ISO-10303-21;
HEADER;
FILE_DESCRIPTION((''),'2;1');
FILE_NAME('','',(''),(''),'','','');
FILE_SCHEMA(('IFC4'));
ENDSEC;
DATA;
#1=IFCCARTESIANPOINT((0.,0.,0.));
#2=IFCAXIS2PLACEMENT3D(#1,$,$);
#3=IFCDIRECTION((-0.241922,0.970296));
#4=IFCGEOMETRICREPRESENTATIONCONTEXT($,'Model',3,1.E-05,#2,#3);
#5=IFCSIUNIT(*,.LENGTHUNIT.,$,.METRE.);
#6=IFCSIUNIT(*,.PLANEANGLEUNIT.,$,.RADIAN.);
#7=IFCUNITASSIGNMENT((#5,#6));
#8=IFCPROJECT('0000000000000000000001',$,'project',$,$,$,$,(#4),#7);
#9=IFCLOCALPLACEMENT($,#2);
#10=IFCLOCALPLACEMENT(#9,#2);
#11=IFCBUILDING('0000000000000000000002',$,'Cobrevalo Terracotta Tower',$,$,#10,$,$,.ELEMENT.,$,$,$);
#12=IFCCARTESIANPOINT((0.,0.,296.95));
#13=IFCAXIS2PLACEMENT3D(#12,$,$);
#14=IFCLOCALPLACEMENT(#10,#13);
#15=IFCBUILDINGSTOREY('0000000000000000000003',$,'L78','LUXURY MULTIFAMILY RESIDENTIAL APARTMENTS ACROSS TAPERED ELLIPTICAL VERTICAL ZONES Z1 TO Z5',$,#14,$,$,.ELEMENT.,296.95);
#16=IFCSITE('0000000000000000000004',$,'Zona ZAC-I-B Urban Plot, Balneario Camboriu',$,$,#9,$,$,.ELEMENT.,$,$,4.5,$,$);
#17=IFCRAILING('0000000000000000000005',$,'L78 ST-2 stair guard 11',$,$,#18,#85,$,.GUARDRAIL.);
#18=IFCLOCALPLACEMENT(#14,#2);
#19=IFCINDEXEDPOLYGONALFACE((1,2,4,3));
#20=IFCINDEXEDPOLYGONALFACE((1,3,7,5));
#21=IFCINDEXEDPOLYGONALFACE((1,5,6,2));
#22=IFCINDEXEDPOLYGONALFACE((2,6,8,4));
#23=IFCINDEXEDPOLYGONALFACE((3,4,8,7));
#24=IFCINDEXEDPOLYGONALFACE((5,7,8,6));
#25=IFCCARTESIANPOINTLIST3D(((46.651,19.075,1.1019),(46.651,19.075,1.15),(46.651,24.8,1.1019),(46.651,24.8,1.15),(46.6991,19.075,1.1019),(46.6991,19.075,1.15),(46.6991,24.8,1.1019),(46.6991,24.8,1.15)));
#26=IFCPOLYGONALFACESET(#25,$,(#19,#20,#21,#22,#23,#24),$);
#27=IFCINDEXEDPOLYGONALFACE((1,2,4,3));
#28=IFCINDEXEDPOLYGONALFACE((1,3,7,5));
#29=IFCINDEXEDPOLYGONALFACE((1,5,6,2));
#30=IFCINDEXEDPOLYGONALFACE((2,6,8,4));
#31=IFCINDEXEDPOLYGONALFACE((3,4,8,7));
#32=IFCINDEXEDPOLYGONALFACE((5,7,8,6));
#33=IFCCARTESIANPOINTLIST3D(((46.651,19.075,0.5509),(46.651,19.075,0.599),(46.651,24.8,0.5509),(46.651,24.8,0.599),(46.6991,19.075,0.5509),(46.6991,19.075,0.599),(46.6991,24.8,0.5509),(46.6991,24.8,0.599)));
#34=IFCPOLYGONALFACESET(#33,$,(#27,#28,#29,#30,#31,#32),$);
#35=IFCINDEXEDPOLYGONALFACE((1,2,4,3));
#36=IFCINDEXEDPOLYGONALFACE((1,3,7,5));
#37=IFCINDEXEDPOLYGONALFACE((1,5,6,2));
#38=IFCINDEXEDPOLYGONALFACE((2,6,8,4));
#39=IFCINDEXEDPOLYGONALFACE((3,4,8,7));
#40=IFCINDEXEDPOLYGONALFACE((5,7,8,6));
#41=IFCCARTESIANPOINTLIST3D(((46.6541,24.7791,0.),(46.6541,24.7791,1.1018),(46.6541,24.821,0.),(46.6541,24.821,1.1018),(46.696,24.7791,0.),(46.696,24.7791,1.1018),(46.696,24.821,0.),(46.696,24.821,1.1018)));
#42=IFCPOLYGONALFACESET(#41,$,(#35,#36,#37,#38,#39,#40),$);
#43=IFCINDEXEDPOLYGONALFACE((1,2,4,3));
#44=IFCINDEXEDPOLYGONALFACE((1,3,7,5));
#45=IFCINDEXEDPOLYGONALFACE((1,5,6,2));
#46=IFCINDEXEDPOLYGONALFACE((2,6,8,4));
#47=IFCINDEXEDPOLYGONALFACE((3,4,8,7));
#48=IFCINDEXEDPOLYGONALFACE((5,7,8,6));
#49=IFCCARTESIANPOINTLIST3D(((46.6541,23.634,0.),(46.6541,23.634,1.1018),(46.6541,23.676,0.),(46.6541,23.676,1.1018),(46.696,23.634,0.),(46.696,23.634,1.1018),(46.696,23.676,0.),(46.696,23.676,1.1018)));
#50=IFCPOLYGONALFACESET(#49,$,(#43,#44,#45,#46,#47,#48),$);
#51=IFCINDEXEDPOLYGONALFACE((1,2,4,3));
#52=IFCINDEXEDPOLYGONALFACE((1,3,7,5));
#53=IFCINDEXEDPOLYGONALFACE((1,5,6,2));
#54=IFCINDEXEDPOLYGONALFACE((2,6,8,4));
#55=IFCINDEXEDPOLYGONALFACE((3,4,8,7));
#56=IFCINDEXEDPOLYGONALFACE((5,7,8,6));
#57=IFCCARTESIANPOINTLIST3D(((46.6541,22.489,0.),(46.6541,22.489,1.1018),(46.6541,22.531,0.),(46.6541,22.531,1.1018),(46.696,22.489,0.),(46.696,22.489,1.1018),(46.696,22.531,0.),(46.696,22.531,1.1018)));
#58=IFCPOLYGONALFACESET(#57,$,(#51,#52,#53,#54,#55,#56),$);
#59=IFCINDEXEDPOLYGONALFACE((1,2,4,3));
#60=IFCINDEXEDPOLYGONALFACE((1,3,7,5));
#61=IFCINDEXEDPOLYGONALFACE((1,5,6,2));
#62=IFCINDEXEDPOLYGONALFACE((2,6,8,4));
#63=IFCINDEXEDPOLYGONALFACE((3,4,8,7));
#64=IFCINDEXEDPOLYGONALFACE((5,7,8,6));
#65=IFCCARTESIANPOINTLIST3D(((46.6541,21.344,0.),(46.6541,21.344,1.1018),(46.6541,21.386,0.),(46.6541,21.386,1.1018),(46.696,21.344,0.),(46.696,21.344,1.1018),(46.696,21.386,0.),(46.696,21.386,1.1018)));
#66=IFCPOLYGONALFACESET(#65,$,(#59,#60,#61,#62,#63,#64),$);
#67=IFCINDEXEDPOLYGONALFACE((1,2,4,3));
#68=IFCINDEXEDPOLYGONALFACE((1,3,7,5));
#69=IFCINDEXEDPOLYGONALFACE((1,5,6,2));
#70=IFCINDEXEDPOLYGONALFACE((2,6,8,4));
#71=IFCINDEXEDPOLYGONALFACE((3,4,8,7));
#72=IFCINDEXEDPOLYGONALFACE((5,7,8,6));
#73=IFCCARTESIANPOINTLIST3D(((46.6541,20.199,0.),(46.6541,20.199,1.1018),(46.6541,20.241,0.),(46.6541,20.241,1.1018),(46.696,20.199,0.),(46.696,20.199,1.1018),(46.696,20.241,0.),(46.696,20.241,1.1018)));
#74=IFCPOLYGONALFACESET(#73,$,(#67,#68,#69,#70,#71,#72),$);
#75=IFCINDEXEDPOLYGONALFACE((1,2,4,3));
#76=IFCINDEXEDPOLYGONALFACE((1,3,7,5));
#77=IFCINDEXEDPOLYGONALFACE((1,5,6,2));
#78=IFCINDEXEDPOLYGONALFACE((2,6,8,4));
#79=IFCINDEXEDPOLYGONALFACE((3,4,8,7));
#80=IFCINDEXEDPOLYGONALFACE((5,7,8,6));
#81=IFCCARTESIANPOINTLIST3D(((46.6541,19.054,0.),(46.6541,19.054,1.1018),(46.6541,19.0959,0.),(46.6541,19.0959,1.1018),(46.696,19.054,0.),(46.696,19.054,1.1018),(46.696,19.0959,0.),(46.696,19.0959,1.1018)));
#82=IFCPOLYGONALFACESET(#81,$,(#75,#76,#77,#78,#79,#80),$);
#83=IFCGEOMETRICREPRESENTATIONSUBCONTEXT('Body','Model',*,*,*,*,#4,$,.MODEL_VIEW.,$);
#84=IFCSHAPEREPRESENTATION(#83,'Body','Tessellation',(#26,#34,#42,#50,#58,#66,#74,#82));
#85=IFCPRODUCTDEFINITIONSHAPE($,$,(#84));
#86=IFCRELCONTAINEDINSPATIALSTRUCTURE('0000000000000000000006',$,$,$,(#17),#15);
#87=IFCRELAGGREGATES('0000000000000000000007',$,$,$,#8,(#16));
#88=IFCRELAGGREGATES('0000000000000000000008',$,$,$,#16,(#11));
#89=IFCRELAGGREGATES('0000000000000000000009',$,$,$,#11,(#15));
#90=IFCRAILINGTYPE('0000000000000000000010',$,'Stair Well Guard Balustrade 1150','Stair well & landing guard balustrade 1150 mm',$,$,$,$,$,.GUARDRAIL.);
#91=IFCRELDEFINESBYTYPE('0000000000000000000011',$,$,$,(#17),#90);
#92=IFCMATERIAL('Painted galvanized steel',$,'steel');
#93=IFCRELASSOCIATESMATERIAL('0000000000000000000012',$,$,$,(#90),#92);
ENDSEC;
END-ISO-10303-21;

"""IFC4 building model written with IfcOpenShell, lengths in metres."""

from ifc_helpers import new_model, si_unit, direction, frame, origin, origin_2d, place, context, subcontext, project, spatial, rectangle, extrude, material, type_object, element, save


model = new_model("IFC4")

# Units and contexts
model_context = context("Model", 3, precision=1e-05, world=origin(), true_north=direction((-0.241922, 0.970296)))
body_context = subcontext(model_context, "Body", "Model", "MODEL_VIEW")
ifc_project = project(units=[si_unit("LENGTHUNIT", "METRE"), si_unit("PLANEANGLEUNIT", "RADIAN")], contexts=[model_context])

# Site, building, storey
site_placement = place(None, origin())
site = spatial("IfcSite", under=ifc_project, at=site_placement, Name="Zona ZAC-I-B Urban Plot, Balneario Camboriu", CompositionType="ELEMENT", RefElevation=4.5)
building_placement = place(site_placement, origin())
building = spatial("IfcBuilding", under=site, at=building_placement, Name="Cobrevalo Terracotta Tower", CompositionType="ELEMENT")
storey_placement = place(building_placement, frame((0.0, 0.0, 296.95)))
storey = spatial("IfcBuildingStorey", under=building, at=storey_placement, Name="L78", Description="LUXURY MULTIFAMILY RESIDENTIAL APARTMENTS ACROSS TAPERED ELLIPTICAL VERTICAL ZONES Z1 TO Z5", CompositionType="ELEMENT", Elevation=296.95)

# Railing
ifc_material_1 = material(Name="Painted galvanized steel", Category="steel")
railing_type = type_object("IfcRailingType", Name="Stair Well Guard Balustrade 1150", Description="Stair well & landing guard balustrade 1150 mm", PredefinedType="GUARDRAIL", material=ifc_material_1)
for number, where, name in (
    (1, (46.675, 24.8, 0.0), "L78 ST-2 stair guard 11"),
):
    element("IfcRailing", number, at=place(storey_placement, frame(where)), inside=storey, type_object=railing_type, Name=name, PredefinedType="GUARDRAIL", context=body_context, shape_type="SweptSolid", body=[
        extrude(rectangle(XDim=0.0481, YDim=0.0481, at=origin_2d()), frame((0.0, 0.0, 1.126), z_axis=(0.0, -1.0, 0.0), x_axis=(1.0, 0.0, 0.0)), (0.0, 0.0, 1.0), 5.7251),
        extrude(rectangle(XDim=0.0481, YDim=0.0481, at=origin_2d()), frame((0.0, 0.0, 0.575), z_axis=(0.0, -1.0, 0.0), x_axis=(1.0, 0.0, 0.0)), (0.0, 0.0, 1.0), 5.7251),
        extrude(rectangle(XDim=0.042, YDim=0.042, at=origin_2d()), origin(), (0.0, 0.0, 1.0), 1.1018),
        extrude(rectangle(XDim=0.042, YDim=0.042, at=origin_2d()), frame((0.0, -1.145, 0.0)), (0.0, 0.0, 1.0), 1.1018),
        extrude(rectangle(XDim=0.042, YDim=0.042, at=origin_2d()), frame((0.0, -2.29, 0.0)), (0.0, 0.0, 1.0), 1.1018),
        extrude(rectangle(XDim=0.042, YDim=0.042, at=origin_2d()), frame((0.0, -3.4351, 0.0)), (0.0, 0.0, 1.0), 1.1018),
        extrude(rectangle(XDim=0.042, YDim=0.042, at=origin_2d()), frame((0.0, -4.5801, 0.0)), (0.0, 0.0, 1.0), 1.1018),
        extrude(rectangle(XDim=0.042, YDim=0.042, at=origin_2d()), frame((0.0, -5.7251, 0.0)), (0.0, 0.0, 1.0), 1.1018),
    ])

save(model, "model.ifc")
